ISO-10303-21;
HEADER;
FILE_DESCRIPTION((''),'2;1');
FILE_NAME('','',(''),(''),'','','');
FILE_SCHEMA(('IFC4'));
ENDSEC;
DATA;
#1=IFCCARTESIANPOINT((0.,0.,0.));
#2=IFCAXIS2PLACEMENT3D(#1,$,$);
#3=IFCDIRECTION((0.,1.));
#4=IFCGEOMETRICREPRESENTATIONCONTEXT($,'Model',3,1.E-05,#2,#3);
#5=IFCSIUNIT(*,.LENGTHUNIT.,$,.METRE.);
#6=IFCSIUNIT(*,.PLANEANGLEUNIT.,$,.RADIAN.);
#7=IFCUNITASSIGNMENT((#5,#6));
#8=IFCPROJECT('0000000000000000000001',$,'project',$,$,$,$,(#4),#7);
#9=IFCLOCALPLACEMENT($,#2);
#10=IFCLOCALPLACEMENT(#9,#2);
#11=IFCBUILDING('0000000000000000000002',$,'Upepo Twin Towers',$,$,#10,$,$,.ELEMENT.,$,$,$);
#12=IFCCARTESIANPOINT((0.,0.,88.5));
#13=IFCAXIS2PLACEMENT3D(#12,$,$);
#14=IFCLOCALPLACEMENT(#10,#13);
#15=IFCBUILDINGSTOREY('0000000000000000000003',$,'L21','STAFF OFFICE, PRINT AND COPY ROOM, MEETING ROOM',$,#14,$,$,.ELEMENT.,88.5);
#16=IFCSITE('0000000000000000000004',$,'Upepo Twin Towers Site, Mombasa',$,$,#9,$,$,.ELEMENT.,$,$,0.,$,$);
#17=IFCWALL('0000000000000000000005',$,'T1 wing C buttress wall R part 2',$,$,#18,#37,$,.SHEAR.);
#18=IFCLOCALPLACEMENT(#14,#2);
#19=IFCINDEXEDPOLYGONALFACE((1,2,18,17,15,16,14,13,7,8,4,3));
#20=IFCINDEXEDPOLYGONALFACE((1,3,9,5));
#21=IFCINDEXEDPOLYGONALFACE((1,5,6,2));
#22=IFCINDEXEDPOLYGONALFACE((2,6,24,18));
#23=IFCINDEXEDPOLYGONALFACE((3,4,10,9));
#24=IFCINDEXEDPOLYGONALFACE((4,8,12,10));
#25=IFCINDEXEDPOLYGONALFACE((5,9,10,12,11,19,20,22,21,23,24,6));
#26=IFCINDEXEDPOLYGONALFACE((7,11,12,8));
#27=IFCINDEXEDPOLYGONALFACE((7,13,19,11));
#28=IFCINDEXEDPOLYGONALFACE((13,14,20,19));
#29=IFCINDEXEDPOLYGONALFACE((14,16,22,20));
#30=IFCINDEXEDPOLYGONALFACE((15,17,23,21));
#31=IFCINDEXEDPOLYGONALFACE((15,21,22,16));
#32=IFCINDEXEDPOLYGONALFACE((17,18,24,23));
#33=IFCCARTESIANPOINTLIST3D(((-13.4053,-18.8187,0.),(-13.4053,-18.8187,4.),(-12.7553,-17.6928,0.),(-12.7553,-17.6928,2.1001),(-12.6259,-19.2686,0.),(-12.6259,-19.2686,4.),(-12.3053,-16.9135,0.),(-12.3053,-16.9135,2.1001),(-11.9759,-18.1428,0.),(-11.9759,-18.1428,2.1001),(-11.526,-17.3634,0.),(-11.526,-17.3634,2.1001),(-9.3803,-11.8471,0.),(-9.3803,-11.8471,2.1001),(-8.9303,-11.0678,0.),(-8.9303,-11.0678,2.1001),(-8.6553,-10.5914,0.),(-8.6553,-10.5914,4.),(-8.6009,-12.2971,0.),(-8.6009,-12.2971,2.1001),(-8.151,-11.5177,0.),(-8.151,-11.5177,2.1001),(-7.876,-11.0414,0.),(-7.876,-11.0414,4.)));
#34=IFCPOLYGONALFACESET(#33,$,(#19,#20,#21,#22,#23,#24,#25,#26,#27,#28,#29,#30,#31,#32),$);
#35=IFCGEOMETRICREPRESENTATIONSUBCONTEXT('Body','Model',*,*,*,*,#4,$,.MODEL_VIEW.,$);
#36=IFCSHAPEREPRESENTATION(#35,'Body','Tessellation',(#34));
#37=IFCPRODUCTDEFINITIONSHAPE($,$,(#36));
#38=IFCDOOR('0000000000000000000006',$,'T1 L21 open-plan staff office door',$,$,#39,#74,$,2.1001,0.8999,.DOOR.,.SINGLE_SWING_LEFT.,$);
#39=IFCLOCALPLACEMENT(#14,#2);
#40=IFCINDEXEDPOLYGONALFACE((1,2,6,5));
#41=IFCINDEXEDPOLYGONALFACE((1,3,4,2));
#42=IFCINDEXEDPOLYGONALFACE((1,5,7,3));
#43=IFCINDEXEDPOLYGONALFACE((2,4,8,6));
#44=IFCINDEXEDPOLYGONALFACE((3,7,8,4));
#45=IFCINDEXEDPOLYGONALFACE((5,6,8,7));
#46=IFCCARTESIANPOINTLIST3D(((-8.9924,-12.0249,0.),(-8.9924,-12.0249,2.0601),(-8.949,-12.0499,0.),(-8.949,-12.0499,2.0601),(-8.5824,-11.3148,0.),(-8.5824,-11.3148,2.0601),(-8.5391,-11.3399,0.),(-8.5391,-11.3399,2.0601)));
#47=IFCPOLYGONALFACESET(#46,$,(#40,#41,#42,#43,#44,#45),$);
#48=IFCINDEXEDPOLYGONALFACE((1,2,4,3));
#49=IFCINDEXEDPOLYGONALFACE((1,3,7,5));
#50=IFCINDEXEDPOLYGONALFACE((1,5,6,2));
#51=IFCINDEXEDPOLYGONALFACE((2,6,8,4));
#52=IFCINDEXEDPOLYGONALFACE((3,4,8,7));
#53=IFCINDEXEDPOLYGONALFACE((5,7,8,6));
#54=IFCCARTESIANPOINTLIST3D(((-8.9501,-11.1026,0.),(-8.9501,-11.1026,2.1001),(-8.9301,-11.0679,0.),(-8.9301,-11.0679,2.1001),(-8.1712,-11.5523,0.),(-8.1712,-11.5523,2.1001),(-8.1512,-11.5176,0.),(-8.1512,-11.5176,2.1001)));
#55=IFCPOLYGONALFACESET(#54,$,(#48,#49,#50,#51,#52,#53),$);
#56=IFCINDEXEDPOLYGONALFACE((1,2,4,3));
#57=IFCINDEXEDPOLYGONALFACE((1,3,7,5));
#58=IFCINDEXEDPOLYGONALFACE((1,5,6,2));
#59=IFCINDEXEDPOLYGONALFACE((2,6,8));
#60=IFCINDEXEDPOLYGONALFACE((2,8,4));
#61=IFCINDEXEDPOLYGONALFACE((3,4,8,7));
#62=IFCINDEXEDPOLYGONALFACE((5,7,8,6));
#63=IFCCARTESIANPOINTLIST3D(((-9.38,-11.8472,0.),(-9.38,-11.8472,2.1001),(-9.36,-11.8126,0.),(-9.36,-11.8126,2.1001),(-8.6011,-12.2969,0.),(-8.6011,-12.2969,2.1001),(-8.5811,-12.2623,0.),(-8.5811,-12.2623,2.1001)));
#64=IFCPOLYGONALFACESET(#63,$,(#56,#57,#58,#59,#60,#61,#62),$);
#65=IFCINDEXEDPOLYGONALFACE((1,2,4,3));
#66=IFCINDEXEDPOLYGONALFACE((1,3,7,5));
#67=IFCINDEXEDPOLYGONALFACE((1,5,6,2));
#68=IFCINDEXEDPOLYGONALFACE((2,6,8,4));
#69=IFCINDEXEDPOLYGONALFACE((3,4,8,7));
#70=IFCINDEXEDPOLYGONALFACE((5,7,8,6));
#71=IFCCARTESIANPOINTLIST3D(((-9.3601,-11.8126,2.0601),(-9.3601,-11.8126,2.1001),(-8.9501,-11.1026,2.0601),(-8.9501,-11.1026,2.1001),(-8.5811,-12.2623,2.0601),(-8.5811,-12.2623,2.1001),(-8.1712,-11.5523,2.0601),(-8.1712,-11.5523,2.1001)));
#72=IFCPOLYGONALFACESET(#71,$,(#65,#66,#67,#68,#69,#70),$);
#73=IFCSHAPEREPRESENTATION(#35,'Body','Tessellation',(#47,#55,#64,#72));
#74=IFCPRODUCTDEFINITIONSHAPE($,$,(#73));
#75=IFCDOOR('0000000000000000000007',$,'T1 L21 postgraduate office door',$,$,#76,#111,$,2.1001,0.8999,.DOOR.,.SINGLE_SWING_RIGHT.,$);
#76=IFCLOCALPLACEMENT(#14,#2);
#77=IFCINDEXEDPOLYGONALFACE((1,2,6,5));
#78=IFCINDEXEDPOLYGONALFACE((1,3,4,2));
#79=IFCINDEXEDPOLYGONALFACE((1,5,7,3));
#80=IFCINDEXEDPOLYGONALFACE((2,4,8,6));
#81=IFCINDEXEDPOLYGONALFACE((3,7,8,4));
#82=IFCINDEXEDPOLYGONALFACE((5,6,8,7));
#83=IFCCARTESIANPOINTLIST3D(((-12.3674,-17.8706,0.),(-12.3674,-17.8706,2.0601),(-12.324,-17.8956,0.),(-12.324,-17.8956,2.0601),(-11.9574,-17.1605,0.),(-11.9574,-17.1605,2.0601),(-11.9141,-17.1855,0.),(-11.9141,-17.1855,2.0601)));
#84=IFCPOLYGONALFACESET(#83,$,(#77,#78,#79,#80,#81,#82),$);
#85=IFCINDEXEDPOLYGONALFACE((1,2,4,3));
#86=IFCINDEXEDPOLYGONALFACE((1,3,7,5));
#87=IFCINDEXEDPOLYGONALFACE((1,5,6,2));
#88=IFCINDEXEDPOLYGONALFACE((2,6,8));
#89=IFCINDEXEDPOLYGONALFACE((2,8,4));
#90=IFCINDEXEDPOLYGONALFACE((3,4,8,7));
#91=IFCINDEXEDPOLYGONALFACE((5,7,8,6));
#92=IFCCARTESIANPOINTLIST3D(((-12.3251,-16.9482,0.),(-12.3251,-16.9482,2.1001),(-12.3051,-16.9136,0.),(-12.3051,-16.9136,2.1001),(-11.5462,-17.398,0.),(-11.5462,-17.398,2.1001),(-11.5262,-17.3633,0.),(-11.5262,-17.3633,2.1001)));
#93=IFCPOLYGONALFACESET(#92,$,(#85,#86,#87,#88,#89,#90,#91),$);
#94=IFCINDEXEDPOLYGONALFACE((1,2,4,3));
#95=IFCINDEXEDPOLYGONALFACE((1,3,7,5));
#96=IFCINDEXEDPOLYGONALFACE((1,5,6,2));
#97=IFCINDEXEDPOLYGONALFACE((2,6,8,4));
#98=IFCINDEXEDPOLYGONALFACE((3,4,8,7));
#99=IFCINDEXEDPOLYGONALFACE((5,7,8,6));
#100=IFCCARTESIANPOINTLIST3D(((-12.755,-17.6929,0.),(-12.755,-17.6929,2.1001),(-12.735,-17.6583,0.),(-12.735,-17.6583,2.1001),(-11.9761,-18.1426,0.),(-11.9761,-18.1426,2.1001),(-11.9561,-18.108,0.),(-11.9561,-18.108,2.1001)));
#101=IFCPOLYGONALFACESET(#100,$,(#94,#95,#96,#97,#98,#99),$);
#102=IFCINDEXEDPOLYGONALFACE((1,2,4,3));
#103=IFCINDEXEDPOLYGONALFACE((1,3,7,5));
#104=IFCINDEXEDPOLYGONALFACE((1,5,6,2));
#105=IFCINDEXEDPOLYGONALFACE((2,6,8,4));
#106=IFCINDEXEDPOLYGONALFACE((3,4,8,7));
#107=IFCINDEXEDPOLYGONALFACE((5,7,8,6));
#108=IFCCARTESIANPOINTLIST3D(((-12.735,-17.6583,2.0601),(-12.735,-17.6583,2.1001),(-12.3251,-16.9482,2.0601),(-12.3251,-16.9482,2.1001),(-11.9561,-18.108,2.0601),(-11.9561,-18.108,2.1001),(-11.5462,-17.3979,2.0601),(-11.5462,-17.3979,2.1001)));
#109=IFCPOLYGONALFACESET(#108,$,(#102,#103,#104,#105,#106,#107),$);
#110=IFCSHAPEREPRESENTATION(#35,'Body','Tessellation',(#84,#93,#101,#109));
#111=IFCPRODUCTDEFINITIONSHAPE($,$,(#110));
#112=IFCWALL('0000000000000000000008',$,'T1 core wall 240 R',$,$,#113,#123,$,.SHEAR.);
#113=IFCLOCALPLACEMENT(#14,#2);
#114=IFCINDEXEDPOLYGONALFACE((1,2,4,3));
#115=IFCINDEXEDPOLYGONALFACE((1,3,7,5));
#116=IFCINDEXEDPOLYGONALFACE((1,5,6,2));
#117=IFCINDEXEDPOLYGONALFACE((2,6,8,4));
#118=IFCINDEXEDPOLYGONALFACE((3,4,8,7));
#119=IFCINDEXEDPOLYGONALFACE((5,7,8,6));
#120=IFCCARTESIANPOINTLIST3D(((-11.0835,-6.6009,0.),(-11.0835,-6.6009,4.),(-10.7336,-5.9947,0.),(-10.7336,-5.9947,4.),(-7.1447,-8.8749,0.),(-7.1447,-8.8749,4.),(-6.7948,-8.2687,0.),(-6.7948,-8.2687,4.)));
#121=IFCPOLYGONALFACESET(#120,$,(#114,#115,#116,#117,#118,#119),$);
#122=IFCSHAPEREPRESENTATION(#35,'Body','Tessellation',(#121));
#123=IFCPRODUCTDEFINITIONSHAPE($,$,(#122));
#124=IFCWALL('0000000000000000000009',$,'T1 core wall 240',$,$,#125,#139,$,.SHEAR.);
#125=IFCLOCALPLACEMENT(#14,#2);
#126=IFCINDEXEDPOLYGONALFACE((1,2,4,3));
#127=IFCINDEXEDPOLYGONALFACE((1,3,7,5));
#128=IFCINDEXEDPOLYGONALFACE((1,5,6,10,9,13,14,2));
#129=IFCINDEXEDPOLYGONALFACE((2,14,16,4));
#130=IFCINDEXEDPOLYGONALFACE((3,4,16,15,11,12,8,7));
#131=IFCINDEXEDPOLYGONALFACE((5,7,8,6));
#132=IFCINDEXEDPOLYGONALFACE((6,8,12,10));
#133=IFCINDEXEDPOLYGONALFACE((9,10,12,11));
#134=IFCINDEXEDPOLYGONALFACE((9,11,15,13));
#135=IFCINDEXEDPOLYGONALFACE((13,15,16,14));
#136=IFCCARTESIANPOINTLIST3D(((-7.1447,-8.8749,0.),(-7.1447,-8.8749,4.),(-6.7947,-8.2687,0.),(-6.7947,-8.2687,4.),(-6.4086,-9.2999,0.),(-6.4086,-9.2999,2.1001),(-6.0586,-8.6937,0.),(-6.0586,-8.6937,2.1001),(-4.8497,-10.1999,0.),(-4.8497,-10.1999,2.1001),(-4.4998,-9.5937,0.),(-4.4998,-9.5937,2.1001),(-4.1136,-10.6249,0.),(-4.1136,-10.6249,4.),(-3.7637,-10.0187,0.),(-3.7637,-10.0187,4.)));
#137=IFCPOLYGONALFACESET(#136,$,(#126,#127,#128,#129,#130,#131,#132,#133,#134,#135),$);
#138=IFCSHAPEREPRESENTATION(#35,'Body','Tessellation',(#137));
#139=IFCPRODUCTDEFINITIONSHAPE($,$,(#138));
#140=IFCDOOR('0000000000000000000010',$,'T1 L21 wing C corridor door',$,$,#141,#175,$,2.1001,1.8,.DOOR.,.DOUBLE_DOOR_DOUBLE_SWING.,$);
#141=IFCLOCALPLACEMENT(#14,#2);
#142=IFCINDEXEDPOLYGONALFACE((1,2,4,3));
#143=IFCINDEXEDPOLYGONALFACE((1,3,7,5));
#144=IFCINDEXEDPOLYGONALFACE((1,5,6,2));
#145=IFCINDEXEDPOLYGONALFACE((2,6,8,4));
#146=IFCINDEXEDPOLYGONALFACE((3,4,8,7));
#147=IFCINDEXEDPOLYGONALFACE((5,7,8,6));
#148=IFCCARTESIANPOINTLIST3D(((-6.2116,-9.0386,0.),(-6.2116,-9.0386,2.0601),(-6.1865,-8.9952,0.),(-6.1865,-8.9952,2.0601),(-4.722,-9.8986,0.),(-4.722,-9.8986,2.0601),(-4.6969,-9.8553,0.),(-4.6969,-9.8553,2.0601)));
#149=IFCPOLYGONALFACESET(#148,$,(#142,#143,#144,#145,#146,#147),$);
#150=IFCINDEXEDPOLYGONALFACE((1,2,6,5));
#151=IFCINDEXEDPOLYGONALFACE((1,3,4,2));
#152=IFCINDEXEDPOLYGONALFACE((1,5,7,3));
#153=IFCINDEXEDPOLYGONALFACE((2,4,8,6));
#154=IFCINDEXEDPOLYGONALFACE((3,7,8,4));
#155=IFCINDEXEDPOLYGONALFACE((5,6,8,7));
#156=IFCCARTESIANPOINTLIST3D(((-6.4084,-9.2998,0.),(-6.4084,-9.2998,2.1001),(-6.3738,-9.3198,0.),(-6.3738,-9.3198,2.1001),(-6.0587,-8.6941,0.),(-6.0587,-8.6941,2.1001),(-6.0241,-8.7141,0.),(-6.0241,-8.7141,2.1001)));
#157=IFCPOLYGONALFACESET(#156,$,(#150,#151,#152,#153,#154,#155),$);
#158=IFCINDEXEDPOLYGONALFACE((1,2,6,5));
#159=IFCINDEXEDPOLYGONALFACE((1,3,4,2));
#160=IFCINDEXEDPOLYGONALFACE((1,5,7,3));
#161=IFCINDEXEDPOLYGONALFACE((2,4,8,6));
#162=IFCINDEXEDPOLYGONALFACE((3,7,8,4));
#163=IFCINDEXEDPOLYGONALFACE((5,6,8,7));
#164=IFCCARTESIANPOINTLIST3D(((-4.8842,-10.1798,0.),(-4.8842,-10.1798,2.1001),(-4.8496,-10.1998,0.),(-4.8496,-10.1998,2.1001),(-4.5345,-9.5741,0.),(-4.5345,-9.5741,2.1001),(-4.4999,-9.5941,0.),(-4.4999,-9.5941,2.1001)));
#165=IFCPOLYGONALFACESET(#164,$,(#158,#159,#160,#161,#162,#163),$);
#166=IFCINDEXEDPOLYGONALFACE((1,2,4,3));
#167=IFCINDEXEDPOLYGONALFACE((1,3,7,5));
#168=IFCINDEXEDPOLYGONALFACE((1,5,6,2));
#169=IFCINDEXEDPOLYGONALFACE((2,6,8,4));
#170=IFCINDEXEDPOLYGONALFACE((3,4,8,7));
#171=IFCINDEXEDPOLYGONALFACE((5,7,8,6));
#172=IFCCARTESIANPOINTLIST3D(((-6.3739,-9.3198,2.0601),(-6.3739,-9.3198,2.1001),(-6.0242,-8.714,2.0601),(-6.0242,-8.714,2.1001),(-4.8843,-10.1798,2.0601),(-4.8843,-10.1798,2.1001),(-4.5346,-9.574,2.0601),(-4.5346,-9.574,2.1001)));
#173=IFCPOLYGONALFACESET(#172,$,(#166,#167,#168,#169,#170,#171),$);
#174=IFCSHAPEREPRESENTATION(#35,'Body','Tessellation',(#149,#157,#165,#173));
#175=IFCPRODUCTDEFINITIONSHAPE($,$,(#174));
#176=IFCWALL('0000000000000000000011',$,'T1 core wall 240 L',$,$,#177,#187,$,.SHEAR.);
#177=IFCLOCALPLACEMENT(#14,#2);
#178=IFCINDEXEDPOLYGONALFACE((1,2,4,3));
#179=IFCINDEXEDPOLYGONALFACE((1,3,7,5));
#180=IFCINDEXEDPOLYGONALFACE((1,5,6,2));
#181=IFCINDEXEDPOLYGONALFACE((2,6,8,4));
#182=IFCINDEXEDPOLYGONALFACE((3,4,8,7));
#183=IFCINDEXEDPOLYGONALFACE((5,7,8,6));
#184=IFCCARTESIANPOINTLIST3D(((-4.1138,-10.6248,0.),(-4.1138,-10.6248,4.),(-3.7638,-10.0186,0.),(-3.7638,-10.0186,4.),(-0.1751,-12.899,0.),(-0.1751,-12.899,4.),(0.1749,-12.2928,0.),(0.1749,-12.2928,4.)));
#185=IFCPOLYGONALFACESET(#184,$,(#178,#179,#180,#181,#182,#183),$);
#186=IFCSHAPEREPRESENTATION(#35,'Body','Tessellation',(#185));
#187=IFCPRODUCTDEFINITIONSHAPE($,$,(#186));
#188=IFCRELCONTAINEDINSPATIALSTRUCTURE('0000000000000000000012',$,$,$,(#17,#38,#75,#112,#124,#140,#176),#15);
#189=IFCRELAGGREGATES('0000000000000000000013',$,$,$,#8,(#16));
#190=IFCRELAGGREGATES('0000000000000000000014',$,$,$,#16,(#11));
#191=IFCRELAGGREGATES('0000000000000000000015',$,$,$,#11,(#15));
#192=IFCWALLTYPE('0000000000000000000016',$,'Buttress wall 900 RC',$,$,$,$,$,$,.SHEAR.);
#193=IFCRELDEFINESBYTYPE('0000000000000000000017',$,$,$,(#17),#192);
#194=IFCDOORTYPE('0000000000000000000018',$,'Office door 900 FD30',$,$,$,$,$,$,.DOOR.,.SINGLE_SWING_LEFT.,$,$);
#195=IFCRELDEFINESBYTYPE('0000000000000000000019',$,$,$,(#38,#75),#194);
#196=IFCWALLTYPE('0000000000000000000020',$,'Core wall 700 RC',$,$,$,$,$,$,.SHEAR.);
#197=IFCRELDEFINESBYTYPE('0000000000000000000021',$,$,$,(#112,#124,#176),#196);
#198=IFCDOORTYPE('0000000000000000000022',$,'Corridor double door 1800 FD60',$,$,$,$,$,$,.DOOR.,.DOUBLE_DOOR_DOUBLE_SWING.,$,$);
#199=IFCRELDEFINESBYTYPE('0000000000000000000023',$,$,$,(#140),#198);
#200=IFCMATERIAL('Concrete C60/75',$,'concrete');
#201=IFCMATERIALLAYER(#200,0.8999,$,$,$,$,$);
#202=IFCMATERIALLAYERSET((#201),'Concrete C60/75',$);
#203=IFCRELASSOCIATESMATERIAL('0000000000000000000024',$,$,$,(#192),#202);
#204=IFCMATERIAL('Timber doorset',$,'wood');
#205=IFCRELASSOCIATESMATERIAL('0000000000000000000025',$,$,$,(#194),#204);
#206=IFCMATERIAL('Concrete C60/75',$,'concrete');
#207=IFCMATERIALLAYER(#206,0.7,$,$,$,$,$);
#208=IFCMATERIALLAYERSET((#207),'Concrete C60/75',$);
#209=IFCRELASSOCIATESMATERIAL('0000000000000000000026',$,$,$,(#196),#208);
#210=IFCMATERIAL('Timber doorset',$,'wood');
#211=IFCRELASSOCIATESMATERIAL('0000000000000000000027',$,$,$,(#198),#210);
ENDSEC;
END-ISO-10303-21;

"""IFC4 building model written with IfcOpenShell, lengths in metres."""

from ifc_helpers import new_model, si_unit, direction, frame, frame_2d, origin, place, context, subcontext, project, spatial, rectangle, extrude, material, layer, layer_set, type_object, element, fill, save


model = new_model("IFC4")

# Units and contexts
model_context = context("Model", 3, precision=1e-05, world=origin(), true_north=direction((0.0, 1.0)))
body_context = subcontext(model_context, "Body", "Model", "MODEL_VIEW")
ifc_project = project(units=[si_unit("LENGTHUNIT", "METRE"), si_unit("PLANEANGLEUNIT", "RADIAN")], contexts=[model_context])

# Site, building, storey
site_placement = place(None, origin())
site = spatial("IfcSite", under=ifc_project, at=site_placement, Name="Upepo Twin Towers Site, Mombasa", CompositionType="ELEMENT", RefElevation=0.0)
building_placement = place(site_placement, origin())
building = spatial("IfcBuilding", under=site, at=building_placement, Name="Upepo Twin Towers", CompositionType="ELEMENT")
storey_placement = place(building_placement, frame((0.0, 0.0, 88.5)))
storey = spatial("IfcBuildingStorey", under=building, at=storey_placement, Name="L21", Description="STAFF OFFICE, PRINT AND COPY ROOM, MEETING ROOM", CompositionType="ELEMENT", Elevation=88.5)

# Wall, openings, doors
ifc_material_1 = material(Name="Concrete C60/75", Category="concrete")
ifc_layer_1 = layer(ifc_material_1, 0.8999)
ifc_layer_set_1 = layer_set([ifc_layer_1], Name="Concrete C60/75")
wall_type_1 = type_object("IfcWallType", Name="Buttress wall 900 RC", PredefinedType="SHEAR", material=ifc_layer_set_1)
wall_1_placement = place(storey_placement, frame((-8.2656, -10.8164, 0.0), z_axis=(0.0, 0.0, 1.0), x_axis=(-0.499998, -0.866027, 0.0)))
wall_1 = element("IfcWall", 1, at=wall_1_placement, inside=storey, type_object=wall_type_1, Name="T1 wing C buttress wall R part 2", PredefinedType="SHEAR", context=body_context, shape_type="SweptSolid", body=[
    extrude(rectangle(XDim=9.5, YDim=0.8999, at=frame_2d((4.75, 0.0))), origin(), (0.0, 0.0, 1.0), 4.0),
])
opening_1_placement = place(wall_1_placement, frame((0.55, 0.0, 0.0)))
opening_1 = element("IfcOpeningElement", 2, at=opening_1_placement, cuts=wall_1, PredefinedType="OPENING", context=body_context, shape_type="SweptSolid", body=[
    extrude(rectangle(XDim=0.8999, YDim=2.1001, at=frame_2d((0.45, 1.05))), frame((0.0, 0.46, 0.0), z_axis=(0.0, -1.0, 0.0), x_axis=(1.0, 0.0, 0.0)), (0.0, 0.0, 1.0), 0.9199),
])
opening_2_placement = place(wall_1_placement, frame((7.3, 0.0, 0.0)))
opening_2 = element("IfcOpeningElement", 3, at=opening_2_placement, cuts=wall_1, PredefinedType="OPENING", context=body_context, shape_type="SweptSolid", body=[
    extrude(rectangle(XDim=0.8999, YDim=2.1001, at=frame_2d((0.45, 1.05))), frame((0.0, 0.46, 0.0), z_axis=(0.0, -1.0, 0.0), x_axis=(1.0, 0.0, 0.0)), (0.0, 0.0, 1.0), 0.9199),
])
ifc_material_2 = material(Name="Timber doorset", Category="wood")
door_type_1 = type_object("IfcDoorType", Name="Office door 900 FD30", OperationType="SINGLE_SWING_LEFT", PredefinedType="DOOR", material=ifc_material_2)
door_1_placement = place(opening_1_placement, origin())
door_1 = element("IfcDoor", 4, at=door_1_placement, inside=storey, type_object=door_type_1, Name="T1 L21 open-plan staff office door", OperationType="SINGLE_SWING_LEFT", OverallHeight=2.1001, OverallWidth=0.8999, PredefinedType="DOOR", context=body_context, shape_type="SweptSolid", body=[
    extrude(rectangle(XDim=0.8199, YDim=2.0601, at=frame_2d((0.45, 1.03))), frame((0.0, 0.0249, 0.0), z_axis=(0.0, -1.0, 0.0), x_axis=(1.0, 0.0, 0.0)), (0.0, 0.0, 1.0), 0.05),
    extrude(rectangle(XDim=0.04, YDim=2.1001, at=frame_2d((0.02, 1.05))), frame((0.0, 0.4497, 0.0), z_axis=(0.0, -1.0, 0.0), x_axis=(1.0, 0.0, 0.0)), (0.0, 0.0, 1.0), 0.8994),
    extrude(rectangle(XDim=0.04, YDim=2.1001, at=frame_2d((0.8799, 1.05))), frame((0.0, 0.4497, 0.0), z_axis=(0.0, -1.0, 0.0), x_axis=(1.0, 0.0, 0.0)), (0.0, 0.0, 1.0), 0.8994),
    extrude(rectangle(XDim=0.8199, YDim=0.04, at=frame_2d((0.45, 2.0801))), frame((0.0, 0.4497, 0.0), z_axis=(0.0, -1.0, 0.0), x_axis=(1.0, 0.0, 0.0)), (0.0, 0.0, 1.0), 0.8994),
])
fill(opening_1, door_1)
door_2_placement = place(opening_2_placement, origin())
door_2 = element("IfcDoor", 5, at=door_2_placement, inside=storey, type_object=door_type_1, Name="T1 L21 postgraduate office door", OperationType="SINGLE_SWING_RIGHT", OverallHeight=2.1001, OverallWidth=0.8999, PredefinedType="DOOR", context=body_context, shape_type="SweptSolid", body=[
    extrude(rectangle(XDim=0.8199, YDim=2.0601, at=frame_2d((0.45, 1.03))), frame((0.0, 0.0249, 0.0), z_axis=(0.0, -1.0, 0.0), x_axis=(1.0, 0.0, 0.0)), (0.0, 0.0, 1.0), 0.05),
    extrude(rectangle(XDim=0.04, YDim=2.1001, at=frame_2d((0.02, 1.05))), frame((0.0, 0.4497, 0.0), z_axis=(0.0, -1.0, 0.0), x_axis=(1.0, 0.0, 0.0)), (0.0, 0.0, 1.0), 0.8994),
    extrude(rectangle(XDim=0.04, YDim=2.1001, at=frame_2d((0.8799, 1.05))), frame((0.0, 0.4497, 0.0), z_axis=(0.0, -1.0, 0.0), x_axis=(1.0, 0.0, 0.0)), (0.0, 0.0, 1.0), 0.8994),
    extrude(rectangle(XDim=0.8199, YDim=0.04, at=frame_2d((0.45, 2.0801))), frame((0.0, 0.4497, 0.0), z_axis=(0.0, -1.0, 0.0), x_axis=(1.0, 0.0, 0.0)), (0.0, 0.0, 1.0), 0.8994),
])
fill(opening_2, door_2)

# Wall
ifc_material_3 = material(Name="Concrete C60/75", Category="concrete")
ifc_layer_2 = layer(ifc_material_3, 0.7)
ifc_layer_set_2 = layer_set([ifc_layer_2], Name="Concrete C60/75")
wall_type_2 = type_object("IfcWallType", Name="Core wall 700 RC", PredefinedType="SHEAR", material=ifc_layer_set_2)
wall_2_placement = place(storey_placement, frame((-10.9084, -6.2979, 0.0), z_axis=(0.0, 0.0, 1.0), x_axis=(0.866035, -0.499984, 0.0)))
element("IfcWall", 6, at=wall_2_placement, inside=storey, type_object=wall_type_2, Name="T1 core wall 240 R", PredefinedType="SHEAR", context=body_context, shape_type="SweptSolid", body=[
    extrude(rectangle(XDim=4.5481, YDim=0.7, at=frame_2d((2.2739, 0.0))), origin(), (0.0, 0.0, 1.0), 4.0),
])

# Wall, opening, door
wall_3_placement = place(storey_placement, frame((-6.9697, -8.5718, 0.0), z_axis=(0.0, 0.0, 1.0), x_axis=(0.866019, -0.50001, 0.0)))
wall_3 = element("IfcWall", 7, at=wall_3_placement, inside=storey, type_object=wall_type_2, Name="T1 core wall 240", PredefinedType="SHEAR", context=body_context, shape_type="SweptSolid", body=[
    extrude(rectangle(XDim=3.5, YDim=0.7, at=frame_2d((1.75, 0.0))), origin(), (0.0, 0.0, 1.0), 4.0),
])
opening_3_placement = place(wall_3_placement, frame((0.8501, 0.0, 0.0)))
opening_3 = element("IfcOpeningElement", 8, at=opening_3_placement, cuts=wall_3, PredefinedType="OPENING", context=body_context, shape_type="SweptSolid", body=[
    extrude(rectangle(XDim=1.8, YDim=2.1001, at=frame_2d((0.8999, 1.05))), frame((0.0, 0.3599, 0.0), z_axis=(0.0, -1.0, 0.0), x_axis=(1.0, 0.0, 0.0)), (0.0, 0.0, 1.0), 0.72),
])
ifc_material_4 = material(Name="Timber doorset", Category="wood")
door_type_2 = type_object("IfcDoorType", Name="Corridor double door 1800 FD60", OperationType="DOUBLE_DOOR_DOUBLE_SWING", PredefinedType="DOOR", material=ifc_material_4)
door_3_placement = place(opening_3_placement, origin())
door_3 = element("IfcDoor", 9, at=door_3_placement, inside=storey, type_object=door_type_2, Name="T1 L21 wing C corridor door", OperationType="DOUBLE_DOOR_DOUBLE_SWING", OverallHeight=2.1001, OverallWidth=1.8, PredefinedType="DOOR", context=body_context, shape_type="SweptSolid", body=[
    extrude(rectangle(XDim=1.72, YDim=2.0601, at=frame_2d((0.8999, 1.03))), frame((0.0, 0.0249, 0.0), z_axis=(0.0, -1.0, 0.0), x_axis=(1.0, 0.0, 0.0)), (0.0, 0.0, 1.0), 0.05),
    extrude(rectangle(XDim=0.04, YDim=2.1001, at=frame_2d((0.02, 1.05))), frame((0.0, 0.3496, 0.0), z_axis=(0.0, -1.0, 0.0), x_axis=(1.0, 0.0, 0.0)), (0.0, 0.0, 1.0), 0.6995),
    extrude(rectangle(XDim=0.04, YDim=2.1001, at=frame_2d((1.78, 1.05))), frame((0.0, 0.3496, 0.0), z_axis=(0.0, -1.0, 0.0), x_axis=(1.0, 0.0, 0.0)), (0.0, 0.0, 1.0), 0.6995),
    extrude(rectangle(XDim=1.72, YDim=0.04, at=frame_2d((0.8999, 2.0801))), frame((0.0, 0.3496, 0.0), z_axis=(0.0, -1.0, 0.0), x_axis=(1.0, 0.0, 0.0)), (0.0, 0.0, 1.0), 0.6995),
])
fill(opening_3, door_3)

# Wall
wall_4_placement = place(storey_placement, frame((-3.9387, -10.3218, 0.0), z_axis=(0.0, 0.0, 1.0), x_axis=(0.866011, -0.500024, 0.0)))
element("IfcWall", 10, at=wall_4_placement, inside=storey, type_object=wall_type_2, Name="T1 core wall 240 L", PredefinedType="SHEAR", context=body_context, shape_type="SweptSolid", body=[
    extrude(rectangle(XDim=4.5481, YDim=0.7, at=frame_2d((2.2739, 0.0))), origin(), (0.0, 0.0, 1.0), 4.0),
])

save(model, "model.ifc")
